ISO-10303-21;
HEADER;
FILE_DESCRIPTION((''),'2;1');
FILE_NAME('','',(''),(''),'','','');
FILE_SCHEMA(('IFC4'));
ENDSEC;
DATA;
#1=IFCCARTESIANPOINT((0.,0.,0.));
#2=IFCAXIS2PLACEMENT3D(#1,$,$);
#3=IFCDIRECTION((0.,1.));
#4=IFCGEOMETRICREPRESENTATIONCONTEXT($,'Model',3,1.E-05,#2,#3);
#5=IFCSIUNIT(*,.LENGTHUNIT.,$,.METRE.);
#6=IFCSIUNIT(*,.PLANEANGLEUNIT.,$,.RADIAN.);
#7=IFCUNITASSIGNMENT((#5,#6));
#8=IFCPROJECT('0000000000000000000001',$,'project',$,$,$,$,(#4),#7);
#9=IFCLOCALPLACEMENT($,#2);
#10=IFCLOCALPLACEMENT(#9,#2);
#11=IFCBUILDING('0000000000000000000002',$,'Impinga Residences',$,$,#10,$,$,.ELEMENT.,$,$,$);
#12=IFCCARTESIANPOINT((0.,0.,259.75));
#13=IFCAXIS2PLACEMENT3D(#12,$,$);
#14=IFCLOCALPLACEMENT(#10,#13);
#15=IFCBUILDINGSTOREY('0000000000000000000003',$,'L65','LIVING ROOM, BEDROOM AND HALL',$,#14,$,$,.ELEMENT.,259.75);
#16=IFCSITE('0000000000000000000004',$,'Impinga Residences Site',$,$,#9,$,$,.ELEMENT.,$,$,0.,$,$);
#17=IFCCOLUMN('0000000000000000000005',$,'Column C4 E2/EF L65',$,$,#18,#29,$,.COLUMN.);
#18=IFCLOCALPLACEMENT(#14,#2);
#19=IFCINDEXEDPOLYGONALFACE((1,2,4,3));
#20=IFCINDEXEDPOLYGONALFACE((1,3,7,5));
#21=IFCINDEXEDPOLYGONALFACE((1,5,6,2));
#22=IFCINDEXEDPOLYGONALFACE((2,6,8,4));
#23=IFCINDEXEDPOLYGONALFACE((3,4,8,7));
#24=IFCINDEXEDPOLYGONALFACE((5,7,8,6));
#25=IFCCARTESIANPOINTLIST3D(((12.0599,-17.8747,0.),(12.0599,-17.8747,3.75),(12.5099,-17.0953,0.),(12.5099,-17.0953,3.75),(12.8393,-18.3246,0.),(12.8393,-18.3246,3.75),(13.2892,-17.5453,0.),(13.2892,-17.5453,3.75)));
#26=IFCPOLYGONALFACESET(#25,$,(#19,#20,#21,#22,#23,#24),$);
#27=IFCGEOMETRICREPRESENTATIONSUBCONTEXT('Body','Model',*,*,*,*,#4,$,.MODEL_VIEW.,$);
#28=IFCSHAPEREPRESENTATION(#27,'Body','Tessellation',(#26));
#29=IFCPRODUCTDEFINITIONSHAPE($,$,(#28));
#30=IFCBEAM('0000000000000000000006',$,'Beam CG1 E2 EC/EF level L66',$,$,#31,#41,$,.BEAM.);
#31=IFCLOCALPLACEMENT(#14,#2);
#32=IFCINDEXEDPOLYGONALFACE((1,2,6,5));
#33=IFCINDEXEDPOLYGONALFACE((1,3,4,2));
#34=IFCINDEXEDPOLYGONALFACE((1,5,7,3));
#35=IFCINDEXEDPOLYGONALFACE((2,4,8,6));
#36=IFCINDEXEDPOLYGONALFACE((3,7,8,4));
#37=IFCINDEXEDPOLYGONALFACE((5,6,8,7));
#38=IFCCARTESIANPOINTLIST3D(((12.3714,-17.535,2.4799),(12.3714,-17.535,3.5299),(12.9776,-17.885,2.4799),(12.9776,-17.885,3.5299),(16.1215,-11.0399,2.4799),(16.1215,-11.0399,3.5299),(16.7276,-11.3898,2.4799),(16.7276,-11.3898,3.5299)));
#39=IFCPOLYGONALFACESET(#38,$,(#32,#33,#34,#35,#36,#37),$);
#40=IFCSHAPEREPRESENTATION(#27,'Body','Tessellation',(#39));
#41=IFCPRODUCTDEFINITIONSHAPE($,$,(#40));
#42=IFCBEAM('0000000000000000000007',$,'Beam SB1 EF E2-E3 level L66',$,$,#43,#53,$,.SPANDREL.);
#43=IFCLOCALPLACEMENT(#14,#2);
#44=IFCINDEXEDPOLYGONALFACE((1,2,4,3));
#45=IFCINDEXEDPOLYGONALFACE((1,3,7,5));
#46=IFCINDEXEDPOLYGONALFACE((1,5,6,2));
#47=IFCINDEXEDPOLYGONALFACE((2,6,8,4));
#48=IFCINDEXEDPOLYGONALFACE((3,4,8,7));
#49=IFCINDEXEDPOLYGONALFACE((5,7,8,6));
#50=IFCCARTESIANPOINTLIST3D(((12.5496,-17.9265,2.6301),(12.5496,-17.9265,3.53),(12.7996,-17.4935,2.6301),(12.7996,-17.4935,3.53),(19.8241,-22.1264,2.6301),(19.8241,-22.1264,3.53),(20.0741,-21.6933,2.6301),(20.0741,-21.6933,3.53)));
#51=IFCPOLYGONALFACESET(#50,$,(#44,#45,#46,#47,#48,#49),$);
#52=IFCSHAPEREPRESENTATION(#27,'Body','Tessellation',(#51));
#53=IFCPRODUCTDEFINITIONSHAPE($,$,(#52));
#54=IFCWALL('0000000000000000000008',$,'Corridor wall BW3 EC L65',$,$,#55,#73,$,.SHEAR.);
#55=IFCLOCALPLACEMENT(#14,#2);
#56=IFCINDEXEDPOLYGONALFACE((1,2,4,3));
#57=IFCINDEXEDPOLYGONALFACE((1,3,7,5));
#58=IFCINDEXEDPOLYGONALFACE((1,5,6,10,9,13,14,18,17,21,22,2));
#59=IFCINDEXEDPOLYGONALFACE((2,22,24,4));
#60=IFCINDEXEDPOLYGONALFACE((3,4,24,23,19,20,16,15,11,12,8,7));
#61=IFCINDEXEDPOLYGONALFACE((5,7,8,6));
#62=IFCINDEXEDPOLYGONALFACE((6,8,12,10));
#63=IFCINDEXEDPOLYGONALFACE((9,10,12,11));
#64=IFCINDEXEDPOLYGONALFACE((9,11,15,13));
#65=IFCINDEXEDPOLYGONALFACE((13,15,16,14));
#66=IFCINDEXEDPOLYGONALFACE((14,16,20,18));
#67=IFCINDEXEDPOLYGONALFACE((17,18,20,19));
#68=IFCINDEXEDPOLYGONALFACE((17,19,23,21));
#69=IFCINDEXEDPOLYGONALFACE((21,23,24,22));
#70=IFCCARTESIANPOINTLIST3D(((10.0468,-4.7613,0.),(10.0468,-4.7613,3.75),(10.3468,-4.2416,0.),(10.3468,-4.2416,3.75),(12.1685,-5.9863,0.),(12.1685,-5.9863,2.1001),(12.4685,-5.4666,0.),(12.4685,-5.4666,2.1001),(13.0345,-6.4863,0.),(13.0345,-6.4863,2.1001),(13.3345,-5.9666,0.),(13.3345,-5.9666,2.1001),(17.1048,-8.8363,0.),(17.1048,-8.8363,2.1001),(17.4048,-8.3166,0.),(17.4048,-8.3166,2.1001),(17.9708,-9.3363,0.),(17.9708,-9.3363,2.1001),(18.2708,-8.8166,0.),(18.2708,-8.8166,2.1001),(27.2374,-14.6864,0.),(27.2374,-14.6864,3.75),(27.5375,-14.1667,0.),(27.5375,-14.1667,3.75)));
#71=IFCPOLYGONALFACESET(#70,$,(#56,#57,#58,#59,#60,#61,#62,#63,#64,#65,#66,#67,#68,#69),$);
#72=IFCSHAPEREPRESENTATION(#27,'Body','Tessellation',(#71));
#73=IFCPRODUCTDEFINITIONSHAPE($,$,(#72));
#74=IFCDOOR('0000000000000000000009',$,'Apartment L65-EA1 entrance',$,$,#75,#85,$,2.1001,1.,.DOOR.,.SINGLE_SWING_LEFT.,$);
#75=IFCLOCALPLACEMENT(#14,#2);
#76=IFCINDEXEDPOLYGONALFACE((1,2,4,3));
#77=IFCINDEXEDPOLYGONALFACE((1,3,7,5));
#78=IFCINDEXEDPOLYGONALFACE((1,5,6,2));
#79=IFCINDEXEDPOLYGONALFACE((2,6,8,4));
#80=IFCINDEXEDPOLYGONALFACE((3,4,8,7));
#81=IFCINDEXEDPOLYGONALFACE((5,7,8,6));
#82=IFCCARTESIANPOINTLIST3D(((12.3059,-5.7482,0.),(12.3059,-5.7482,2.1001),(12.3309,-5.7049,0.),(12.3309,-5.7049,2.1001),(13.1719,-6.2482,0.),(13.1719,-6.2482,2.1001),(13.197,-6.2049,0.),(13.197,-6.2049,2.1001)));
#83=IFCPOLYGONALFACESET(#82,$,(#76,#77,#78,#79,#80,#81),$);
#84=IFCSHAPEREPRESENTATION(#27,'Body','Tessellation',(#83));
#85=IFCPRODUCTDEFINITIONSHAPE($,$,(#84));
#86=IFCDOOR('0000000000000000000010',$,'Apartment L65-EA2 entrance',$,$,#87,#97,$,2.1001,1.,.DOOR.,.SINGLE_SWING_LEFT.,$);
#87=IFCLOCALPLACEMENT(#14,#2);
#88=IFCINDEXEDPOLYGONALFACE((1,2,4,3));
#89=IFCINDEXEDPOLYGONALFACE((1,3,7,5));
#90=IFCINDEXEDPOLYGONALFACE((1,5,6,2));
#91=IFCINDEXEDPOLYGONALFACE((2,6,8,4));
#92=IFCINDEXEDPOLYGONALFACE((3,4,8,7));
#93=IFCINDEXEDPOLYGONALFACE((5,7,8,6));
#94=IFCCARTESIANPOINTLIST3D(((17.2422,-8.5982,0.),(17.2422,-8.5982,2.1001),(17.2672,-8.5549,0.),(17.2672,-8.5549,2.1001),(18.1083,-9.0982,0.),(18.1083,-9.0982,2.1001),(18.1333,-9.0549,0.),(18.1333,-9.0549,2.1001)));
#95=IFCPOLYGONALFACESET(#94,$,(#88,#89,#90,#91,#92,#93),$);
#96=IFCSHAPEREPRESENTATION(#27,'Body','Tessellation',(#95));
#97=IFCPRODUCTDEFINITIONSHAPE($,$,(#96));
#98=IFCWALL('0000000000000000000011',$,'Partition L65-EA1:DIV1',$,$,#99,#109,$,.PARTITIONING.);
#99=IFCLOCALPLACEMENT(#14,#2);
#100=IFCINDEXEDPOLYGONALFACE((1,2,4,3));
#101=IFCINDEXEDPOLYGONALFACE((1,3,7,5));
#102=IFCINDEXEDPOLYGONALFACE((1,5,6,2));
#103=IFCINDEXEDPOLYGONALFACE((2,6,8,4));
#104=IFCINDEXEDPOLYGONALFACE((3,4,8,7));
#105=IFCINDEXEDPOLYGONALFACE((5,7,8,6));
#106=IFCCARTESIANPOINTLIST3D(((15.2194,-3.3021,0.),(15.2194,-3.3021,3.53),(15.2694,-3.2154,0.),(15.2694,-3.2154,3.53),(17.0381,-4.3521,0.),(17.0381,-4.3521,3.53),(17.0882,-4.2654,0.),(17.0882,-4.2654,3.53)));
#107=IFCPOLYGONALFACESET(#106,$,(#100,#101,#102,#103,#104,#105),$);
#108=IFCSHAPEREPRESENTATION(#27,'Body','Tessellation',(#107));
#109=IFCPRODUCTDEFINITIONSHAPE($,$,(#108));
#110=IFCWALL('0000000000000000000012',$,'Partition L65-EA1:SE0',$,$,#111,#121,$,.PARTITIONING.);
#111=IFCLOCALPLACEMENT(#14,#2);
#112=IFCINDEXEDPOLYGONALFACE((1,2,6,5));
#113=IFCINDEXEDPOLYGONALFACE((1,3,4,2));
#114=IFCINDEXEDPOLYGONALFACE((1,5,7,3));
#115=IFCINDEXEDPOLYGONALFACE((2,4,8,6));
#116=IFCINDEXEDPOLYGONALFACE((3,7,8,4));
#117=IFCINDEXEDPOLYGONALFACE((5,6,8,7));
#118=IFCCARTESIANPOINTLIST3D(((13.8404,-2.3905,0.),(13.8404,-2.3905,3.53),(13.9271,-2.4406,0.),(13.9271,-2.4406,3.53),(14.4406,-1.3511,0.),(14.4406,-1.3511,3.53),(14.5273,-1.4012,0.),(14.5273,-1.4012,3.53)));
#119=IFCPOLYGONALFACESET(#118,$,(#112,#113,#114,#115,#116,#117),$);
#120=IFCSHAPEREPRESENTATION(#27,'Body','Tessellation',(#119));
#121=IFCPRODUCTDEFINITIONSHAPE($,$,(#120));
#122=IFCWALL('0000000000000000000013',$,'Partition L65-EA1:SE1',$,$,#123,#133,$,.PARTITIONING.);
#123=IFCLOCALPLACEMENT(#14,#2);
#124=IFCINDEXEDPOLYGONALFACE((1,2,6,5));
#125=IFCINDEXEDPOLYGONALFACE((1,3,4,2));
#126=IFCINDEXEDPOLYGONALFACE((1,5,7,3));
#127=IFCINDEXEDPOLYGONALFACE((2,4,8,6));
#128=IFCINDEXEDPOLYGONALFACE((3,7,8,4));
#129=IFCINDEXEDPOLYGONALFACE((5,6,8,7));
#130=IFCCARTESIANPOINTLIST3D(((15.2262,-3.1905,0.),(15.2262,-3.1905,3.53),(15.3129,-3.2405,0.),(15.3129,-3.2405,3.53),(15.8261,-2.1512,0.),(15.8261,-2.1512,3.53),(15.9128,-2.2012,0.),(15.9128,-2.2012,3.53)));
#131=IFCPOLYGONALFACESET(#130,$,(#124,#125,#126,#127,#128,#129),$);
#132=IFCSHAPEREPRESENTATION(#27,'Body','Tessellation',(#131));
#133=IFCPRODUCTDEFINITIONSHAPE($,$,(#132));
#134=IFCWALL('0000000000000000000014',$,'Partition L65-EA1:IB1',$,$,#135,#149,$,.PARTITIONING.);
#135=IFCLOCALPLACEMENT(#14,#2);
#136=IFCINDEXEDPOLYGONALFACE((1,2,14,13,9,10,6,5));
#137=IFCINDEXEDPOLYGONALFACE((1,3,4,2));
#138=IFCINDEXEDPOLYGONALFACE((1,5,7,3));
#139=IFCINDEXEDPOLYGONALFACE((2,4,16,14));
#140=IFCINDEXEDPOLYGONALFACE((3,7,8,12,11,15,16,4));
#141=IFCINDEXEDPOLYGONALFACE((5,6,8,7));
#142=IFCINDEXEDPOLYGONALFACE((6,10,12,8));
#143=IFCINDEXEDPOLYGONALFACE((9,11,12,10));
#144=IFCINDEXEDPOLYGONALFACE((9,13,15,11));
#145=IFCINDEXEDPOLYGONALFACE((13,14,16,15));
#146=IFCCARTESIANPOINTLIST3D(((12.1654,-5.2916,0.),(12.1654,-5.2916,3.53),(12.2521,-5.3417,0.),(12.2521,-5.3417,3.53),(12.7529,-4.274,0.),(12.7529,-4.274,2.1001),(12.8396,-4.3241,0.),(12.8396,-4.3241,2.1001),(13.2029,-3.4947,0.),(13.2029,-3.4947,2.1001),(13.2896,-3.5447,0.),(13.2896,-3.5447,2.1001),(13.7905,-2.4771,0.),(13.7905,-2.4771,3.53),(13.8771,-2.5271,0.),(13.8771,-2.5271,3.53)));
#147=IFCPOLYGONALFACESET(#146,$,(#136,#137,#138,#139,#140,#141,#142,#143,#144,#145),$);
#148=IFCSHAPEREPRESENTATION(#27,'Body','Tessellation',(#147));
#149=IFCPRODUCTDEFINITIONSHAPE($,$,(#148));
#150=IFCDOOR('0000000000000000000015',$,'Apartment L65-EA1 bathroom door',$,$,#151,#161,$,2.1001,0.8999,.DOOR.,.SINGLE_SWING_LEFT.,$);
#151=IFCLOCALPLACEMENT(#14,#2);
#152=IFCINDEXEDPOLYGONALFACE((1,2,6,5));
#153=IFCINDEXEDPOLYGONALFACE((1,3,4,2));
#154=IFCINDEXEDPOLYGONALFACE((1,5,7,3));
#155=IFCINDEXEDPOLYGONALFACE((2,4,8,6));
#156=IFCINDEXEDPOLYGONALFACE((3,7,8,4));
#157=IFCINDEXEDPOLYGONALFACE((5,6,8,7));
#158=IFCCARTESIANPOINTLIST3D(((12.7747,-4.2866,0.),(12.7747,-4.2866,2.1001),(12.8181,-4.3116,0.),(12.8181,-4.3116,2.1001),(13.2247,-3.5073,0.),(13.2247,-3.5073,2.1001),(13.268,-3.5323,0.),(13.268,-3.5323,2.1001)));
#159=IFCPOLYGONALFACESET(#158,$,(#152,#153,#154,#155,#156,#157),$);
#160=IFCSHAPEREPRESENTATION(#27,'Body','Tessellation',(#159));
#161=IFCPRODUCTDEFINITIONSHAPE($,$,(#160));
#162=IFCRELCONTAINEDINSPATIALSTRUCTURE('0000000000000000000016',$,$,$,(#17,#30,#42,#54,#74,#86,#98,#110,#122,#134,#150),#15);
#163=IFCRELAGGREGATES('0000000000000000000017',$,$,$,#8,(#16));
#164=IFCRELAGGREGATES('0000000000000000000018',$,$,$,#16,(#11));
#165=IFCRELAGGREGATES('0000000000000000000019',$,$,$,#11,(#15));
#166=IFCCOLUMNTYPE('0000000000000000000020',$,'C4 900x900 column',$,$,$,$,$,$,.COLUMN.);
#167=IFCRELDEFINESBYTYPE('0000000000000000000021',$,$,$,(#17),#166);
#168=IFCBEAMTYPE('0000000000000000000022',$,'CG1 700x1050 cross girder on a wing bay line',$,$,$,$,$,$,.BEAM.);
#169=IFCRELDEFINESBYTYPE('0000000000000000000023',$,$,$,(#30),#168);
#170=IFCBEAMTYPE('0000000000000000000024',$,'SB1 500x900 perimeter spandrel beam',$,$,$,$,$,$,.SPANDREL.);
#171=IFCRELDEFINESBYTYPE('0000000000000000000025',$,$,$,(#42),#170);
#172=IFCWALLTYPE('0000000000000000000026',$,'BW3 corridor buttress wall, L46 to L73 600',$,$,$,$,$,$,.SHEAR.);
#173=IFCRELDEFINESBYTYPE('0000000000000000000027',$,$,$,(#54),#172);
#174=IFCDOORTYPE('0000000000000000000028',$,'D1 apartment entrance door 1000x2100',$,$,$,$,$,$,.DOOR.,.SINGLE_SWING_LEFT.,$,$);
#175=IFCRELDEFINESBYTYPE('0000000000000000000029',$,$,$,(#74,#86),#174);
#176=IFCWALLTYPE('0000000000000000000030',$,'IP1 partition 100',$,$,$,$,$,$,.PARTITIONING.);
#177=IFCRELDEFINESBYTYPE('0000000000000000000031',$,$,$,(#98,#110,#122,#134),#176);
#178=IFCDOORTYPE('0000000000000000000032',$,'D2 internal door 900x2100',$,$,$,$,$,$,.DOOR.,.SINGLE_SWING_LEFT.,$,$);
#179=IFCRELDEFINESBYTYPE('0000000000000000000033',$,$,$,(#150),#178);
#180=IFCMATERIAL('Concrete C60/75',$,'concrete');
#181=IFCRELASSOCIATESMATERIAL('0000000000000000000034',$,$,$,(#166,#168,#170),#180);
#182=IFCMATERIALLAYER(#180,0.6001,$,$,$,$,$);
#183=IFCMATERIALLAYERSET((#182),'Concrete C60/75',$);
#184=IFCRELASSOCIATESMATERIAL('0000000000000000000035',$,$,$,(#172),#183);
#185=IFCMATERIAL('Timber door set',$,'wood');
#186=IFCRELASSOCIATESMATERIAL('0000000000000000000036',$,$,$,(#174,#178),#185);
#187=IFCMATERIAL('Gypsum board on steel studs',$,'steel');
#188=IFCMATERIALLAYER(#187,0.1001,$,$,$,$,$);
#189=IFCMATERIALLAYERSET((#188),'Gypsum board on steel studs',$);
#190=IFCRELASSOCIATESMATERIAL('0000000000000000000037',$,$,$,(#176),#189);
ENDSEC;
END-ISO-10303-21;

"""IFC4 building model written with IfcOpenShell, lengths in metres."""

from ifc_helpers import new_model, si_unit, direction, frame, frame_2d, origin, origin_2d, place, context, subcontext, project, spatial, rectangle, extrude, material, layer, layer_set, material_profile, profile_set, type_object, element, fill, save


model = new_model("IFC4")

# Units and contexts
model_context = context("Model", 3, precision=1e-05, world=origin(), true_north=direction((0.0, 1.0)))
body_context = subcontext(model_context, "Body", "Model", "MODEL_VIEW")
ifc_project = project(units=[si_unit("LENGTHUNIT", "METRE"), si_unit("PLANEANGLEUNIT", "RADIAN")], contexts=[model_context])

# Site, building, storey
site_placement = place(None, origin())
site = spatial("IfcSite", under=ifc_project, at=site_placement, Name="Impinga Residences Site", CompositionType="ELEMENT", RefElevation=0.0)
building_placement = place(site_placement, origin())
building = spatial("IfcBuilding", under=site, at=building_placement, Name="Impinga Residences", CompositionType="ELEMENT")
storey_placement = place(building_placement, frame((0.0, 0.0, 259.75)))
storey = spatial("IfcBuildingStorey", under=building, at=storey_placement, Name="L65", Description="LIVING ROOM, BEDROOM AND HALL", CompositionType="ELEMENT", Elevation=259.75)

# Column
ifc_material_1 = material(Name="Concrete C60/75", Category="concrete")
ifc_material_profile_1 = material_profile(ifc_material_1, rectangle(XDim=0.8999, YDim=0.8999, at=origin_2d()), Name="RC 900x900")
ifc_profile_set_1 = profile_set([ifc_material_profile_1], Name="Concrete C60/75")
column_type = type_object("IfcColumnType", Name="C4 900x900 column", PredefinedType="COLUMN", material=ifc_profile_set_1)
column_placement = place(storey_placement, frame((12.6746, -17.71, 0.0), z_axis=(0.0, 0.0, 1.0), x_axis=(-0.5, -0.866025, 0.0)))
element("IfcColumn", 1, at=column_placement, inside=storey, type_object=column_type, Name="Column C4 E2/EF L65", PredefinedType="COLUMN", context=body_context, shape_type="SweptSolid", body=[
    extrude(rectangle(XDim=0.8999, YDim=0.8999, at=origin_2d()), origin(), (0.0, 0.0, 1.0), 3.75),
])

# Beams
ifc_material_profile_2 = material_profile(ifc_material_1, rectangle(XDim=0.7, YDim=1.05, at=origin_2d()), Name="RC 700x1050")
ifc_profile_set_2 = profile_set([ifc_material_profile_2], Name="Concrete C60/75")
beam_type_1 = type_object("IfcBeamType", Name="CG1 700x1050 cross girder on a wing bay line", PredefinedType="BEAM", material=ifc_profile_set_2)
beam_1_placement = place(storey_placement, frame((16.4246, -11.2148, 3.0049), z_axis=(-0.500004, -0.866023, 0.0), x_axis=(0.866023, -0.500004, 0.0)))
element("IfcBeam", 2, at=beam_1_placement, inside=storey, type_object=beam_type_1, Name="Beam CG1 E2 EC/EF level L66", PredefinedType="BEAM", context=body_context, shape_type="SweptSolid", body=[
    extrude(rectangle(XDim=0.7, YDim=1.05, at=origin_2d()), origin(), (0.0, 0.0, 1.0), 7.5),
])
ifc_material_profile_3 = material_profile(ifc_material_1, rectangle(XDim=0.5, YDim=0.8999, at=origin_2d()), Name="RC 500x900")
ifc_profile_set_3 = profile_set([ifc_material_profile_3], Name="Concrete C60/75")
beam_type_2 = type_object("IfcBeamType", Name="SB1 500x900 perimeter spandrel beam", PredefinedType="SPANDREL", material=ifc_profile_set_3)
beam_2_placement = place(storey_placement, frame((12.6746, -17.71, 3.0801), z_axis=(0.866029, -0.499993, 0.0), x_axis=(0.499993, 0.866029, 0.0)))
element("IfcBeam", 3, at=beam_2_placement, inside=storey, type_object=beam_type_2, Name="Beam SB1 EF E2-E3 level L66", PredefinedType="SPANDREL", context=body_context, shape_type="SweptSolid", body=[
    extrude(rectangle(XDim=0.5, YDim=0.8999, at=origin_2d()), origin(), (0.0, 0.0, 1.0), 8.3999),
])

# Wall, openings, doors
ifc_layer_1 = layer(ifc_material_1, 0.6001)
ifc_layer_set_1 = layer_set([ifc_layer_1], Name="Concrete C60/75")
wall_type_1 = type_object("IfcWallType", Name="BW3 corridor buttress wall, L46 to L73 600", PredefinedType="SHEAR", material=ifc_layer_set_1)
wall_1_placement = place(storey_placement, frame((10.1968, -4.5015, 0.0), z_axis=(0.0, 0.0, 1.0), x_axis=(0.866025, -0.5, 0.0)))
wall_1 = element("IfcWall", 4, at=wall_1_placement, inside=storey, type_object=wall_type_1, Name="Corridor wall BW3 EC L65", PredefinedType="SHEAR", context=body_context, shape_type="SweptSolid", body=[
    extrude(rectangle(XDim=19.8501, YDim=0.6001, at=frame_2d((9.925, 0.0))), origin(), (0.0, 0.0, 1.0), 3.75),
])
opening_1_placement = place(wall_1_placement, frame((2.45, 0.0, 0.0)))
opening_1 = element("IfcOpeningElement", 5, at=opening_1_placement, cuts=wall_1, PredefinedType="OPENING", context=body_context, shape_type="SweptSolid", body=[
    extrude(rectangle(XDim=1.0, YDim=2.1001, at=frame_2d((0.5, 1.05))), frame((0.0, 0.3101, 0.0), z_axis=(0.0, -1.0, 0.0), x_axis=(1.0, 0.0, 0.0)), (0.0, 0.0, 1.0), 0.6201),
])
opening_2_placement = place(wall_1_placement, frame((8.1499, 0.0, 0.0)))
opening_2 = element("IfcOpeningElement", 6, at=opening_2_placement, cuts=wall_1, PredefinedType="OPENING", context=body_context, shape_type="SweptSolid", body=[
    extrude(rectangle(XDim=1.0, YDim=2.1001, at=frame_2d((0.5, 1.05))), frame((0.0, 0.3101, 0.0), z_axis=(0.0, -1.0, 0.0), x_axis=(1.0, 0.0, 0.0)), (0.0, 0.0, 1.0), 0.6201),
])
ifc_material_2 = material(Name="Timber door set", Category="wood")
door_type_1 = type_object("IfcDoorType", Name="D1 apartment entrance door 1000x2100", OperationType="SINGLE_SWING_LEFT", PredefinedType="DOOR", material=ifc_material_2)
door_1_placement = place(opening_1_placement, origin())
door_1 = element("IfcDoor", 7, at=door_1_placement, inside=storey, type_object=door_type_1, Name="Apartment L65-EA1 entrance", OperationType="SINGLE_SWING_LEFT", OverallHeight=2.1001, OverallWidth=1.0, PredefinedType="DOOR", context=body_context, shape_type="SweptSolid", body=[
    extrude(rectangle(XDim=1.0, YDim=2.1001, at=frame_2d((0.5, 1.05))), frame((0.0, 0.0249, 0.0), z_axis=(0.0, -1.0, 0.0), x_axis=(1.0, 0.0, 0.0)), (0.0, 0.0, 1.0), 0.05),
])
fill(opening_1, door_1)
door_2_placement = place(opening_2_placement, origin())
door_2 = element("IfcDoor", 8, at=door_2_placement, inside=storey, type_object=door_type_1, Name="Apartment L65-EA2 entrance", OperationType="SINGLE_SWING_LEFT", OverallHeight=2.1001, OverallWidth=1.0, PredefinedType="DOOR", context=body_context, shape_type="SweptSolid", body=[
    extrude(rectangle(XDim=1.0, YDim=2.1001, at=frame_2d((0.5, 1.05))), frame((0.0, 0.0249, 0.0), z_axis=(0.0, -1.0, 0.0), x_axis=(1.0, 0.0, 0.0)), (0.0, 0.0, 1.0), 0.05),
])
fill(opening_2, door_2)

# Walls
ifc_material_3 = material(Name="Gypsum board on steel studs", Category="steel")
ifc_layer_2 = layer(ifc_material_3, 0.1001)
ifc_layer_set_2 = layer_set([ifc_layer_2], Name="Gypsum board on steel studs")
wall_type_2 = type_object("IfcWallType", Name="IP1 partition 100", PredefinedType="PARTITIONING", material=ifc_layer_set_2)
wall_2_placement = place(storey_placement, frame((15.2444, -3.2588, 0.0), z_axis=(0.0, 0.0, 1.0), x_axis=(0.866038, -0.499977, 0.0)))
element("IfcWall", 9, at=wall_2_placement, inside=storey, type_object=wall_type_2, Name="Partition L65-EA1:DIV1", PredefinedType="PARTITIONING", context=body_context, shape_type="SweptSolid", body=[
    extrude(rectangle(XDim=2.1001, YDim=0.1001, at=frame_2d((1.05, 0.0))), origin(), (0.0, 0.0, 1.0), 3.53),
])
wall_3_placement = place(storey_placement, frame((13.8838, -2.4155, 0.0), z_axis=(0.0, 0.0, 1.0), x_axis=(0.500034, 0.866006, 0.0)))
element("IfcWall", 10, at=wall_3_placement, inside=storey, type_object=wall_type_2, Name="Partition L65-EA1:SE0", PredefinedType="PARTITIONING", context=body_context, shape_type="SweptSolid", body=[
    extrude(rectangle(XDim=1.2002, YDim=0.1001, at=frame_2d((0.6001, 0.0))), origin(), (0.0, 0.0, 1.0), 3.53),
])
wall_4_placement = place(storey_placement, frame((15.2695, -3.2156, 0.0), z_axis=(0.0, 0.0, 1.0), x_axis=(0.499881, 0.866094, 0.0)))
element("IfcWall", 11, at=wall_4_placement, inside=storey, type_object=wall_type_2, Name="Partition L65-EA1:SE1", PredefinedType="PARTITIONING", context=body_context, shape_type="SweptSolid", body=[
    extrude(rectangle(XDim=1.2, YDim=0.1001, at=frame_2d((0.6001, 0.0))), origin(), (0.0, 0.0, 1.0), 3.53),
])

# Wall, opening, door
wall_5_placement = place(storey_placement, frame((12.2087, -5.3167, 0.0), z_axis=(0.0, 0.0, 1.0), x_axis=(0.500017, 0.866015, 0.0)))
wall_5 = element("IfcWall", 12, at=wall_5_placement, inside=storey, type_object=wall_type_2, Name="Partition L65-EA1:IB1", PredefinedType="PARTITIONING", context=body_context, shape_type="SweptSolid", body=[
    extrude(rectangle(XDim=3.25, YDim=0.1001, at=frame_2d((1.625, 0.0))), origin(), (0.0, 0.0, 1.0), 3.53),
])
opening_3_placement = place(wall_5_placement, frame((1.175, 0.0, 0.0)))
opening_3 = element("IfcOpeningElement", 13, at=opening_3_placement, cuts=wall_5, PredefinedType="OPENING", context=body_context, shape_type="SweptSolid", body=[
    extrude(rectangle(XDim=0.8999, YDim=2.1001, at=frame_2d((0.45, 1.05))), frame((0.0, 0.0601, 0.0), z_axis=(0.0, -1.0, 0.0), x_axis=(1.0, 0.0, 0.0)), (0.0, 0.0, 1.0), 0.1201),
])
door_type_2 = type_object("IfcDoorType", Name="D2 internal door 900x2100", OperationType="SINGLE_SWING_LEFT", PredefinedType="DOOR", material=ifc_material_2)
door_3_placement = place(opening_3_placement, origin())
door_3 = element("IfcDoor", 14, at=door_3_placement, inside=storey, type_object=door_type_2, Name="Apartment L65-EA1 bathroom door", OperationType="SINGLE_SWING_LEFT", OverallHeight=2.1001, OverallWidth=0.8999, PredefinedType="DOOR", context=body_context, shape_type="SweptSolid", body=[
    extrude(rectangle(XDim=0.8999, YDim=2.1001, at=frame_2d((0.45, 1.05))), frame((0.0, 0.0249, 0.0), z_axis=(0.0, -1.0, 0.0), x_axis=(1.0, 0.0, 0.0)), (0.0, 0.0, 1.0), 0.05),
])
fill(opening_3, door_3)

save(model, "model.ifc")
